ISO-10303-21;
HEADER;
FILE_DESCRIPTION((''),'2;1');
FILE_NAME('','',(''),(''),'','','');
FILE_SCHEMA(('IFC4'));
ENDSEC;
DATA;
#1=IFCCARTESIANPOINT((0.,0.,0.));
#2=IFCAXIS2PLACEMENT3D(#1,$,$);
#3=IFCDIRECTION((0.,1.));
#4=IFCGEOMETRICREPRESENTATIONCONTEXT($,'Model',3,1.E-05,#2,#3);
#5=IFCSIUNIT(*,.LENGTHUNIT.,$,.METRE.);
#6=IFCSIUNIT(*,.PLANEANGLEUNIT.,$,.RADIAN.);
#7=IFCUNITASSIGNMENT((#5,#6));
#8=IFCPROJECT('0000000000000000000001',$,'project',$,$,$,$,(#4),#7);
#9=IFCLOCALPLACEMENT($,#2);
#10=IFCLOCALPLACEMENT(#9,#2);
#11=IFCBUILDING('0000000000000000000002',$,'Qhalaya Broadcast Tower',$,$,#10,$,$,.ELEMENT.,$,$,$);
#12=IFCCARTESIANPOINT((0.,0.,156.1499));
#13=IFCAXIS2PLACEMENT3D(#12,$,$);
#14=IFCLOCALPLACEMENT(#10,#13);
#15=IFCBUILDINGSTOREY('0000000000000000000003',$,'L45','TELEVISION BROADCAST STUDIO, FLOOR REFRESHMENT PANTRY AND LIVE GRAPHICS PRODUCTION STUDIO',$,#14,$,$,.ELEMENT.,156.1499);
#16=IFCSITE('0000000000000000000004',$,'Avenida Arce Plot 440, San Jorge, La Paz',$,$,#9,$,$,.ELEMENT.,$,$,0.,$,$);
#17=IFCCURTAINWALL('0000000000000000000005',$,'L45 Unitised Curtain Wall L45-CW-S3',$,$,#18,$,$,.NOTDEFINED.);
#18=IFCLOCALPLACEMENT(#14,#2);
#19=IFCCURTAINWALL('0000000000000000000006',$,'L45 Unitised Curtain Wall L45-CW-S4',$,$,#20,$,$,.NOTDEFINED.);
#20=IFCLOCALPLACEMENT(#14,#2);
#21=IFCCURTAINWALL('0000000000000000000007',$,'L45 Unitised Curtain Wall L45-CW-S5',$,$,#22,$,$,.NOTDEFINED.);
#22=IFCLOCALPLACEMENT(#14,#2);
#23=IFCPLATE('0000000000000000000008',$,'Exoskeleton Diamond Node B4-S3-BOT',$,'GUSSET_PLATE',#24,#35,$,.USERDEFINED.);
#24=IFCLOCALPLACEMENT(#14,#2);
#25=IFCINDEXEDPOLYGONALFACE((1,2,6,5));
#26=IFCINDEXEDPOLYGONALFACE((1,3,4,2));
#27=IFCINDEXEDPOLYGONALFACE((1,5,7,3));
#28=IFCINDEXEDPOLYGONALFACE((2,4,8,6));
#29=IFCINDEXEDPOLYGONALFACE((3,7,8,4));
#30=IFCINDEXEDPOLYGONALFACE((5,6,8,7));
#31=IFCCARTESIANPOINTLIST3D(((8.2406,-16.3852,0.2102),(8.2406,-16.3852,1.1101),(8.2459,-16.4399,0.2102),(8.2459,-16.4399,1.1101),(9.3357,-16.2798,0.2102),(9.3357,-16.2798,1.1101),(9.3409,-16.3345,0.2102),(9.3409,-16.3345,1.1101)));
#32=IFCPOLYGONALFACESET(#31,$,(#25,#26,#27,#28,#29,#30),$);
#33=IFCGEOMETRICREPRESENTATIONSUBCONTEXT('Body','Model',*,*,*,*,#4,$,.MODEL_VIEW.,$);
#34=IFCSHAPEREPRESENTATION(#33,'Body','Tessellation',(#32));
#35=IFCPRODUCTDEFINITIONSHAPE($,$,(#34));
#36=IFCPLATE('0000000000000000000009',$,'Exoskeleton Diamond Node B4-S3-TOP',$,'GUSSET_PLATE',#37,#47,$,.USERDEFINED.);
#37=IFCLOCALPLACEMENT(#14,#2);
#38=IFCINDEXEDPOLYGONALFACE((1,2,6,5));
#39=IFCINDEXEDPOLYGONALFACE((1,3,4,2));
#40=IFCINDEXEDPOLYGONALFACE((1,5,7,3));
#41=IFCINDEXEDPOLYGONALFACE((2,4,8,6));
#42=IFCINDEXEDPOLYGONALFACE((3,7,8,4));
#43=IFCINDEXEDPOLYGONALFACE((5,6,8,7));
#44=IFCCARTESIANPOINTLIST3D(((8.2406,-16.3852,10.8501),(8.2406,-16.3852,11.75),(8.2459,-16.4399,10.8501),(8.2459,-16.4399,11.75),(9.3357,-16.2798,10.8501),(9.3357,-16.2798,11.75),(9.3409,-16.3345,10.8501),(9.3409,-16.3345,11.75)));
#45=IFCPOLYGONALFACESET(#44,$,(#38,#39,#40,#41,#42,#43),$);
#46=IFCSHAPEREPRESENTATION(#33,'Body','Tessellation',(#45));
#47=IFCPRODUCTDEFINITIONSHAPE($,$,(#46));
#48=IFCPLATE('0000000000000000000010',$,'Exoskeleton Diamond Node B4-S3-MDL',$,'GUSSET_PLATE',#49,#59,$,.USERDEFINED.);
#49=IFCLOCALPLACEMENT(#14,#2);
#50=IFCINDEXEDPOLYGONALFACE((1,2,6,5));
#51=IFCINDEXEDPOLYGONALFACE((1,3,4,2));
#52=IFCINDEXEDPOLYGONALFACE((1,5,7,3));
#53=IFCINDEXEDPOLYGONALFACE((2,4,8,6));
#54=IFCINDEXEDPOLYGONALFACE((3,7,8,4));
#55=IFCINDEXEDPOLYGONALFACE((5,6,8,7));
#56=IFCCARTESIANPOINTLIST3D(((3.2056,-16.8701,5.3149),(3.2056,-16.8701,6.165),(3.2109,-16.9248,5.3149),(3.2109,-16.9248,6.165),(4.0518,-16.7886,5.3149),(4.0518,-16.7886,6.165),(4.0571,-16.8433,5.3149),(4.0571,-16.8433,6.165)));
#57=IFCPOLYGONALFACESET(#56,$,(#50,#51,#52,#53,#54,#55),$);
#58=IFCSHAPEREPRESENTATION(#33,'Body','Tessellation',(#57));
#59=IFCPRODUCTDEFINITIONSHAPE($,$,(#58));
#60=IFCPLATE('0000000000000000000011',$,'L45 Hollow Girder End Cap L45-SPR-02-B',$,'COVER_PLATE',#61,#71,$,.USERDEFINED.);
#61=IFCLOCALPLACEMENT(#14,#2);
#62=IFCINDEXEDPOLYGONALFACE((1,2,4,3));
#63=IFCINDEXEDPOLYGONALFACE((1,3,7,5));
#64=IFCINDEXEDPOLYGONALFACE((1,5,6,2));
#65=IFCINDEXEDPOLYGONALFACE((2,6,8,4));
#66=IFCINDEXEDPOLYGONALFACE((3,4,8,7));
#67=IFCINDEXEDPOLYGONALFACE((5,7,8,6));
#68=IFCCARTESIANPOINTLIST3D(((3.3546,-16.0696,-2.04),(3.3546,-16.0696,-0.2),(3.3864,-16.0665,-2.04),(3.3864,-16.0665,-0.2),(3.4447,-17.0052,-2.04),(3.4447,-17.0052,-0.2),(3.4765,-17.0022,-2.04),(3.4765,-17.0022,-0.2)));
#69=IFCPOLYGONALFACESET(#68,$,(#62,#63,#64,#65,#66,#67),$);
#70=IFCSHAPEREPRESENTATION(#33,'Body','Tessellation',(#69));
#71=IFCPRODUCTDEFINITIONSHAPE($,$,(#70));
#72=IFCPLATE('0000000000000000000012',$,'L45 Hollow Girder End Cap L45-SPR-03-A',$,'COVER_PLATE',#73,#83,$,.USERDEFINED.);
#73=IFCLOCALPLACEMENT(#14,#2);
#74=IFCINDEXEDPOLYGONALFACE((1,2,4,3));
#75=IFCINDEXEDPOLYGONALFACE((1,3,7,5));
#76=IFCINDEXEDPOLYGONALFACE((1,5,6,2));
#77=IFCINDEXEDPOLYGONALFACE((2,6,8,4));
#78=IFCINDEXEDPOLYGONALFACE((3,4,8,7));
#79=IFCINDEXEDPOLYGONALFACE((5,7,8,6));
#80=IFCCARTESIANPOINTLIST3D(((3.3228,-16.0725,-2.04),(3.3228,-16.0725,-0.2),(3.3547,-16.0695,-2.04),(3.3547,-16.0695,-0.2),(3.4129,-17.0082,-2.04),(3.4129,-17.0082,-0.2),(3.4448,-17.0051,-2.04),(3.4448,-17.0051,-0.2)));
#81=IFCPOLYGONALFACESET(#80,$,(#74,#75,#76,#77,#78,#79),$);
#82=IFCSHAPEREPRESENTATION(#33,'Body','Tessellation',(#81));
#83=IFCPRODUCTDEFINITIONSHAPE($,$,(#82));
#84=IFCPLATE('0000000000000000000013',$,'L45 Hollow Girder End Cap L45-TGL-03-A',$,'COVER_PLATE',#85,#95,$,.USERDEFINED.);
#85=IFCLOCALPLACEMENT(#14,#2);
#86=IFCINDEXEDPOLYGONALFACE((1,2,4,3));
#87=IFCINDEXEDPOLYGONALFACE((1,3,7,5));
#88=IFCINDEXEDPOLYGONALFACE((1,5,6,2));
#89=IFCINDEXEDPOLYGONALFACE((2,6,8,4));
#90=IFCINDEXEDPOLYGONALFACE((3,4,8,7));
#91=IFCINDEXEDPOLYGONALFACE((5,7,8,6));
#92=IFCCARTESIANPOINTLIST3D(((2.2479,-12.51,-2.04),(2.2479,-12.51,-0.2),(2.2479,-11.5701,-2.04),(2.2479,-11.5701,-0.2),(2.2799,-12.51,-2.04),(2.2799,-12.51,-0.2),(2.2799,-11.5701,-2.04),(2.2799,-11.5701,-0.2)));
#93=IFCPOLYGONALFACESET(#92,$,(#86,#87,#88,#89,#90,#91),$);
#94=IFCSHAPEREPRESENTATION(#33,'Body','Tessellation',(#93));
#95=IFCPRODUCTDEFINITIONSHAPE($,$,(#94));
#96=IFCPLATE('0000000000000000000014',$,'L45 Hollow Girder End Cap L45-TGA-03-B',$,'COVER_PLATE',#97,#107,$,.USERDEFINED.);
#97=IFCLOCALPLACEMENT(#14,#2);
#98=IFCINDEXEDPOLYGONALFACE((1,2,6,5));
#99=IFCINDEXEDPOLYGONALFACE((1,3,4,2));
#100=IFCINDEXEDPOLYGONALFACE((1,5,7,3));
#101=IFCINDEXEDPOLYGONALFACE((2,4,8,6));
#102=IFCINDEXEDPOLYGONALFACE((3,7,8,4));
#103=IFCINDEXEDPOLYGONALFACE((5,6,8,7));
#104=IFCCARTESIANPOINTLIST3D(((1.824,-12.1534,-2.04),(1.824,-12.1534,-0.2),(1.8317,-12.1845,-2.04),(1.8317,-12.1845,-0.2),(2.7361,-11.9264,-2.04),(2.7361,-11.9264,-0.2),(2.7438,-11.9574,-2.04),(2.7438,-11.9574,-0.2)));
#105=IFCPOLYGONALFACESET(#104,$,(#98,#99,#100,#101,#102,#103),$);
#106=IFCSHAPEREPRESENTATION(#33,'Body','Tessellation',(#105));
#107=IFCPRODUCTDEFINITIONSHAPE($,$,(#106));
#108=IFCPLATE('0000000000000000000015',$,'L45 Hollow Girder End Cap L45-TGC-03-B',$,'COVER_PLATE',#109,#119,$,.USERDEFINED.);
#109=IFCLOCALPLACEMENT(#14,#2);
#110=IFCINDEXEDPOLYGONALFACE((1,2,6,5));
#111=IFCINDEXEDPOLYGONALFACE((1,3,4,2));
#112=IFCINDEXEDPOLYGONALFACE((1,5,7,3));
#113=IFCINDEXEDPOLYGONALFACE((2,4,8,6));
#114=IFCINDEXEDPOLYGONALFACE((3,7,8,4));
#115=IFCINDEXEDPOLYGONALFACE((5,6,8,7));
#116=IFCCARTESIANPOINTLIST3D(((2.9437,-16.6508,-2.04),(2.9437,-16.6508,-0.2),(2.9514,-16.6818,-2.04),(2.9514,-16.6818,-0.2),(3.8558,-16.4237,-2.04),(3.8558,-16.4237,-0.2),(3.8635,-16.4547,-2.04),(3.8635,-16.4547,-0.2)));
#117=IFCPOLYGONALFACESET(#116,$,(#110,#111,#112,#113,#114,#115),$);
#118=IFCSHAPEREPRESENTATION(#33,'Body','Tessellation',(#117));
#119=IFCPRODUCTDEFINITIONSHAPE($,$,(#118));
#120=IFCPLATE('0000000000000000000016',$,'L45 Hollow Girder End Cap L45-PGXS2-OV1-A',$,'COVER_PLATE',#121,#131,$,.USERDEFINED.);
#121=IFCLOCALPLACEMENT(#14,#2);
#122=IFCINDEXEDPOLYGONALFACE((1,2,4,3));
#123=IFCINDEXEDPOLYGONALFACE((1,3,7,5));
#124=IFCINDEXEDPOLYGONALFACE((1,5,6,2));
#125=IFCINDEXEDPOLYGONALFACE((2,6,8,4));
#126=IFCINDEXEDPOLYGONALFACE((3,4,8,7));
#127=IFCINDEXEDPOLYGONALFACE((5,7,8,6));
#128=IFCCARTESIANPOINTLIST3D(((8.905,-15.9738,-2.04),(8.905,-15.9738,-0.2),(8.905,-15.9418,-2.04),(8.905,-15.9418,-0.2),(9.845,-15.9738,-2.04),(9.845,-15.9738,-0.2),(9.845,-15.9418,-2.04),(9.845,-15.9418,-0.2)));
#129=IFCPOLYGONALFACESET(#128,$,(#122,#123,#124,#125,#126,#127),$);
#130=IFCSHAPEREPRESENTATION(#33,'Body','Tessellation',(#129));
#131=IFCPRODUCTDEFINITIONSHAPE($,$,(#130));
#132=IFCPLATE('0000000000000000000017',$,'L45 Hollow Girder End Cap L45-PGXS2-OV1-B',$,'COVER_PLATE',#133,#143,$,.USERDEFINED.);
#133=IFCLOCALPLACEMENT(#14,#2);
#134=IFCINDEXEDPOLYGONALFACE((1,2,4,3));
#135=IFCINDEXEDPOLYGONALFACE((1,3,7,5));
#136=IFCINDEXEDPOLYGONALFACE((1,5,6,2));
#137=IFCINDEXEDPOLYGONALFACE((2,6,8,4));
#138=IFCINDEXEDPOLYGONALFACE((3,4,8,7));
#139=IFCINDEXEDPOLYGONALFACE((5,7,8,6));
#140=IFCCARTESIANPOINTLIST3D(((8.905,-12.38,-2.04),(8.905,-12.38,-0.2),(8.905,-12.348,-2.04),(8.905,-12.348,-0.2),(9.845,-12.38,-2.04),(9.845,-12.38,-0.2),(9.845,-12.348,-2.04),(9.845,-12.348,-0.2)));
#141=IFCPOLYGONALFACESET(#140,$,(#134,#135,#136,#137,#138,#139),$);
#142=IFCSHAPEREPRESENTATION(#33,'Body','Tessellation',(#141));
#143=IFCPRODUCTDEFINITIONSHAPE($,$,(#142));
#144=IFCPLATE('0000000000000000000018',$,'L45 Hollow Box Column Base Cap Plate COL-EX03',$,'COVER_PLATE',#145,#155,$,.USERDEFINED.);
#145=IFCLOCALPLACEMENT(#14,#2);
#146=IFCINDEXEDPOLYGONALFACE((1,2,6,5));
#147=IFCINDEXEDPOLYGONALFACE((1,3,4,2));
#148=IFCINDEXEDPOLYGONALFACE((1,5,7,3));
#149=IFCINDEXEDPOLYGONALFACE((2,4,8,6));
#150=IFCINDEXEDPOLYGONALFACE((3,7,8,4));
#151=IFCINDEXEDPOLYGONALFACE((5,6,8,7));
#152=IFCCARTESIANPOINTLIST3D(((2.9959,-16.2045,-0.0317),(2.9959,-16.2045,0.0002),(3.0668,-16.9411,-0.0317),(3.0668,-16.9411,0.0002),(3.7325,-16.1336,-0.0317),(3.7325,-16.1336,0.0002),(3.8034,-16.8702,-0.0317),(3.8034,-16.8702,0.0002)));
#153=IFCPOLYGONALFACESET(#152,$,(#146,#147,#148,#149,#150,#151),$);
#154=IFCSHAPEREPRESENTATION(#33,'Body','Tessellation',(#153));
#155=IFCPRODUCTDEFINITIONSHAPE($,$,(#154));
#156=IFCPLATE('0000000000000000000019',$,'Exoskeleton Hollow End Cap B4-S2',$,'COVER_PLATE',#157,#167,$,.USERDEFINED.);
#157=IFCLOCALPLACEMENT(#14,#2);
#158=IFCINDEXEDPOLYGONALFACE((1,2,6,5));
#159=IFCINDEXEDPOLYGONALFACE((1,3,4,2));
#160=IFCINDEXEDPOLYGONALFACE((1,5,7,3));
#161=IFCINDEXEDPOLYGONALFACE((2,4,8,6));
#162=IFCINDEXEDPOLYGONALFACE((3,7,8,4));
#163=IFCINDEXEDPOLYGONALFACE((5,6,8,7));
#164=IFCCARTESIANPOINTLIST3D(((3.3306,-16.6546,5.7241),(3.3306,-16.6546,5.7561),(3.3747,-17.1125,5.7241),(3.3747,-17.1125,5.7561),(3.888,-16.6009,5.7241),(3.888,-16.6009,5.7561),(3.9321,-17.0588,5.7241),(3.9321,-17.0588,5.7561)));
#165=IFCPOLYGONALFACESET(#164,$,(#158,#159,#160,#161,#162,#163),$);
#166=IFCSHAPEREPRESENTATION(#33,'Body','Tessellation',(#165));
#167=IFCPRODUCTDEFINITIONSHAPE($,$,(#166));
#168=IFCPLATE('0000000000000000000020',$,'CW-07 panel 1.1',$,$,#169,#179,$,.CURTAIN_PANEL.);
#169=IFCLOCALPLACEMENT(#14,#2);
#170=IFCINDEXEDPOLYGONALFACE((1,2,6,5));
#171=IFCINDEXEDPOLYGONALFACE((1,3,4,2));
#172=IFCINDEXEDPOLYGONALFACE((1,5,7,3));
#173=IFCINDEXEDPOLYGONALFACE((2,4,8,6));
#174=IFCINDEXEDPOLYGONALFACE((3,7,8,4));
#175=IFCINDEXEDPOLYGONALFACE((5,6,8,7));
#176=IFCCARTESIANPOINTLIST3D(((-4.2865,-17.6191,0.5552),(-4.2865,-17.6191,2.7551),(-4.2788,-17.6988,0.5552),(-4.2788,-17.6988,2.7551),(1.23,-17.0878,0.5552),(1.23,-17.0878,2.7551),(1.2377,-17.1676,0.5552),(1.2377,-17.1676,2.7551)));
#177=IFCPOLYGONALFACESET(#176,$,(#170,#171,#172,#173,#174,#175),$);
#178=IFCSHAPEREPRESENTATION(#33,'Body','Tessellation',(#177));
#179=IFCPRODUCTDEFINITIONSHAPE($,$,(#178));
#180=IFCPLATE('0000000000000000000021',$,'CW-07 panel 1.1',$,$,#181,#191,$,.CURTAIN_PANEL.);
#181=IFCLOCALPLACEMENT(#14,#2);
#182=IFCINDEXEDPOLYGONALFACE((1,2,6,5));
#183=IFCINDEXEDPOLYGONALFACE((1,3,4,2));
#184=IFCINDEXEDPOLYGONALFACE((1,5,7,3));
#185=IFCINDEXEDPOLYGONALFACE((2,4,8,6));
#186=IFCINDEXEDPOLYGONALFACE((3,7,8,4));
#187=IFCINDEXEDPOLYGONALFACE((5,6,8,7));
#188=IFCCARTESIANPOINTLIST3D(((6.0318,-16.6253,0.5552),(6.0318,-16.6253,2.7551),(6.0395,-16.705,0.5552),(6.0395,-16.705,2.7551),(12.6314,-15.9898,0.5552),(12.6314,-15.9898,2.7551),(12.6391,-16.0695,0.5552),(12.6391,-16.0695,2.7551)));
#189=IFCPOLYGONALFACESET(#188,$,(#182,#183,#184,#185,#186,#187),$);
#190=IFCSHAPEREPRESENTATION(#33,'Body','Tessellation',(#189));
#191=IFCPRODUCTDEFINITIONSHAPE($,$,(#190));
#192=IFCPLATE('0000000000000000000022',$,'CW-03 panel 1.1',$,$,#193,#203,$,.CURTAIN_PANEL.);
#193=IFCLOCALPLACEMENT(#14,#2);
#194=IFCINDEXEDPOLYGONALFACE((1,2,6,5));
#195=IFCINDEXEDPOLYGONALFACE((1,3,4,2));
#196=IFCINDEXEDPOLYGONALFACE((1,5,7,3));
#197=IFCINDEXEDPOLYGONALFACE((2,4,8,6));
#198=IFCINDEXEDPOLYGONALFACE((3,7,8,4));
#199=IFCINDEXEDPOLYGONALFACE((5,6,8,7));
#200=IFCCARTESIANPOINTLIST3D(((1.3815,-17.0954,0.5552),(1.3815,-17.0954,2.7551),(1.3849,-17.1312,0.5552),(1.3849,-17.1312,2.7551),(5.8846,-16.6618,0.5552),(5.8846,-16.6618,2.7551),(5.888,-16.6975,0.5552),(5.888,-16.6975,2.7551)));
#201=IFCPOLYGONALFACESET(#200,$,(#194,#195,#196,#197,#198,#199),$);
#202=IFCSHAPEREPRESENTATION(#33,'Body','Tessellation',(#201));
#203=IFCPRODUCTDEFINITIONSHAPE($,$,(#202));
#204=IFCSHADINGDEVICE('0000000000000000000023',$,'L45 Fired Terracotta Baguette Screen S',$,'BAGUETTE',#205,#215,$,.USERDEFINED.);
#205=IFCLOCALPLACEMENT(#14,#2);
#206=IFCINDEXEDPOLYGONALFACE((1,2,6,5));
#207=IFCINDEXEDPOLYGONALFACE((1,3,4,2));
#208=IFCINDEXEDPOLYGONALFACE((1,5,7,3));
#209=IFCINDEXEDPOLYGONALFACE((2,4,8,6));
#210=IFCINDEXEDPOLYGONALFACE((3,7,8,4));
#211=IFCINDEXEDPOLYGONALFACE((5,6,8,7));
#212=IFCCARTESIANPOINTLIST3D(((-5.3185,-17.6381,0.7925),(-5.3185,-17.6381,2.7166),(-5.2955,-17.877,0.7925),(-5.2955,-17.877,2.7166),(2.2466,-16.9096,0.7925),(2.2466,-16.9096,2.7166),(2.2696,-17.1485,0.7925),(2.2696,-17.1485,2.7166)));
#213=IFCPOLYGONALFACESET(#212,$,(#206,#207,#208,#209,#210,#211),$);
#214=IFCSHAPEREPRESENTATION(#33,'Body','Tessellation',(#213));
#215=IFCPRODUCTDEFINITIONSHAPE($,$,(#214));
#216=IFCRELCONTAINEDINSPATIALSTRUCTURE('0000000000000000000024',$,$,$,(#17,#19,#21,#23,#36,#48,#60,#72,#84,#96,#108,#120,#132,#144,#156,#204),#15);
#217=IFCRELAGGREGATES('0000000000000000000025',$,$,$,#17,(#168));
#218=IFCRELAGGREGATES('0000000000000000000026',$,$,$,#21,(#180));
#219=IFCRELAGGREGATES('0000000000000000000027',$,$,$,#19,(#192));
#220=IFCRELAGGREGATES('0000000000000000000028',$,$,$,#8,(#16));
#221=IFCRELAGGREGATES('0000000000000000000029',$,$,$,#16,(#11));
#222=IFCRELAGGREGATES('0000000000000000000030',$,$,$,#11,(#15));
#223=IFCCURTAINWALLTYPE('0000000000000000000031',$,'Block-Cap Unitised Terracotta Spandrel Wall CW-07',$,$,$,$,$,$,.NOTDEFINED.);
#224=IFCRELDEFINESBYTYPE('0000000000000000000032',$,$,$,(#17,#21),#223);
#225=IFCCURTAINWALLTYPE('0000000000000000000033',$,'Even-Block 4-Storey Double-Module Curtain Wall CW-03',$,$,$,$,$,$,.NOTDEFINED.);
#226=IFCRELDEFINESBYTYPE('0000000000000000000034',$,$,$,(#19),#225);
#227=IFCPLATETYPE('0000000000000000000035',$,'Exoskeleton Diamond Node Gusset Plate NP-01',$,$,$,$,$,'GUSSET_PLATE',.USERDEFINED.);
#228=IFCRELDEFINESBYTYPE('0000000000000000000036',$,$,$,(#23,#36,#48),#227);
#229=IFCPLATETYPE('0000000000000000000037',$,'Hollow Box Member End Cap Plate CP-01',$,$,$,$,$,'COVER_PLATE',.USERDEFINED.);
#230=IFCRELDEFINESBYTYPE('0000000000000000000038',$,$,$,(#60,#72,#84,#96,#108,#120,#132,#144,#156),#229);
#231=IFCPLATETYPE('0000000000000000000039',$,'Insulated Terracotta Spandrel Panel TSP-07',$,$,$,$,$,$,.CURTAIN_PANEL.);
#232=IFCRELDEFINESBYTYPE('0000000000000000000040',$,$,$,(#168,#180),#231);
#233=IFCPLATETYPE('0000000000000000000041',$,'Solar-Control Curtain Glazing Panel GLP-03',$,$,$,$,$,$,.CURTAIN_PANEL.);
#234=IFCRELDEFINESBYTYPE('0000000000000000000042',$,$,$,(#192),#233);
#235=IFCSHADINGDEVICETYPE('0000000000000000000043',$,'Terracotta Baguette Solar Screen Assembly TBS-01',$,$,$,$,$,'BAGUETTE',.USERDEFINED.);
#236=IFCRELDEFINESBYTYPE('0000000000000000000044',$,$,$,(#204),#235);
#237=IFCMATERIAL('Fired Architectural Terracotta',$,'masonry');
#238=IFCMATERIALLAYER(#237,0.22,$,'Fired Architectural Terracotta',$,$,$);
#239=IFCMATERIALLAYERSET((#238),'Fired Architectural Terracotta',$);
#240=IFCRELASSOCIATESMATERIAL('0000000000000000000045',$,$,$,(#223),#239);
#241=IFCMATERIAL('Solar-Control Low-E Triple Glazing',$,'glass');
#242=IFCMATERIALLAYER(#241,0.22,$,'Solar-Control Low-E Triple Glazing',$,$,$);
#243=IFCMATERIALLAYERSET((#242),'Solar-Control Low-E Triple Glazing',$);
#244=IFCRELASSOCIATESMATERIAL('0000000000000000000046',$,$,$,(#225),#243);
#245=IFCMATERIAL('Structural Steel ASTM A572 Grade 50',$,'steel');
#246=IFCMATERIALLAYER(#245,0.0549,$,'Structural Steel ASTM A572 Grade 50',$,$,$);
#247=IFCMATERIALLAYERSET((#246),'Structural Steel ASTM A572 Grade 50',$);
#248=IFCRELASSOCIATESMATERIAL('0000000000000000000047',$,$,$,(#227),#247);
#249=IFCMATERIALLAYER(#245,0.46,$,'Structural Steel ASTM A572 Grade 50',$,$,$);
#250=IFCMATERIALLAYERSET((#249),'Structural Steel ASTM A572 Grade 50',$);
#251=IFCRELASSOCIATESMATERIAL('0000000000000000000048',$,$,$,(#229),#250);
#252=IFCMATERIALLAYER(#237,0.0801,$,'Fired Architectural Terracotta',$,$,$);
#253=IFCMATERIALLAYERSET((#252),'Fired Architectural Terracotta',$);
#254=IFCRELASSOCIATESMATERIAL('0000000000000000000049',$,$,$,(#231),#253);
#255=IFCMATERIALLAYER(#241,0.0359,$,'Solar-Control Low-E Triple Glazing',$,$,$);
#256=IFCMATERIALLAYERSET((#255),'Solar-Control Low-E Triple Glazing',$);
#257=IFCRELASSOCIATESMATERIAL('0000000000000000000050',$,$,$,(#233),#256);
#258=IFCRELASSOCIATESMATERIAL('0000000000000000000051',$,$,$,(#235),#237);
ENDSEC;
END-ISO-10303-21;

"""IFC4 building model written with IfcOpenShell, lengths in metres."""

from ifc_helpers import new_model, si_unit, direction, frame, origin, origin_2d, place, context, subcontext, project, spatial, rectangle, extrude, material, layer, layer_set, type_object, element, aggregate, save


model = new_model("IFC4")

# Units and contexts
model_context = context("Model", 3, precision=1e-05, world=origin(), true_north=direction((0.0, 1.0)))
body_context = subcontext(model_context, "Body", "Model", "MODEL_VIEW")
ifc_project = project(units=[si_unit("LENGTHUNIT", "METRE"), si_unit("PLANEANGLEUNIT", "RADIAN")], contexts=[model_context])

# Site, building, storey
site_placement = place(None, origin())
site = spatial("IfcSite", under=ifc_project, at=site_placement, Name="Avenida Arce Plot 440, San Jorge, La Paz", CompositionType="ELEMENT", RefElevation=0.0)
building_placement = place(site_placement, origin())
building = spatial("IfcBuilding", under=site, at=building_placement, Name="Qhalaya Broadcast Tower", CompositionType="ELEMENT")
storey_placement = place(building_placement, frame((0.0, 0.0, 156.1499)))
storey = spatial("IfcBuildingStorey", under=building, at=storey_placement, Name="L45", Description="TELEVISION BROADCAST STUDIO, FLOOR REFRESHMENT PANTRY AND LIVE GRAPHICS PRODUCTION STUDIO", CompositionType="ELEMENT", Elevation=156.1499)

# Shared definitions
ifc_material_1 = material(Name="Structural Steel ASTM A572 Grade 50", Category="steel")

# Curtain wall
ifc_material_2 = material(Name="Fired Architectural Terracotta", Category="masonry")
ifc_layer_1 = layer(ifc_material_2, 0.22, Name="Fired Architectural Terracotta")
ifc_layer_set_1 = layer_set([ifc_layer_1], Name="Fired Architectural Terracotta")
curtain_wall_type_1 = type_object("IfcCurtainWallType", Name="Block-Cap Unitised Terracotta Spandrel Wall CW-07", PredefinedType="NOTDEFINED", material=ifc_layer_set_1)
curtain_wall_1_placement = place(storey_placement, origin())
curtain_wall_1 = element("IfcCurtainWall", 1, at=curtain_wall_1_placement, inside=storey, type_object=curtain_wall_type_1, Name="L45 Unitised Curtain Wall L45-CW-S3", PredefinedType="NOTDEFINED")

# Curtain wall
ifc_material_3 = material(Name="Solar-Control Low-E Triple Glazing", Category="glass")
ifc_layer_2 = layer(ifc_material_3, 0.22, Name="Solar-Control Low-E Triple Glazing")
ifc_layer_set_2 = layer_set([ifc_layer_2], Name="Solar-Control Low-E Triple Glazing")
curtain_wall_type_2 = type_object("IfcCurtainWallType", Name="Even-Block 4-Storey Double-Module Curtain Wall CW-03", PredefinedType="NOTDEFINED", material=ifc_layer_set_2)
curtain_wall_2_placement = place(storey_placement, origin())
curtain_wall_2 = element("IfcCurtainWall", 2, at=curtain_wall_2_placement, inside=storey, type_object=curtain_wall_type_2, Name="L45 Unitised Curtain Wall L45-CW-S4", PredefinedType="NOTDEFINED")

# Curtain wall
curtain_wall_3_placement = place(storey_placement, origin())
curtain_wall_3 = element("IfcCurtainWall", 3, at=curtain_wall_3_placement, inside=storey, type_object=curtain_wall_type_1, Name="L45 Unitised Curtain Wall L45-CW-S5", PredefinedType="NOTDEFINED")

# Plates
ifc_layer_3 = layer(ifc_material_1, 0.0549, Name="Structural Steel ASTM A572 Grade 50")
ifc_layer_set_3 = layer_set([ifc_layer_3], Name="Structural Steel ASTM A572 Grade 50")
plate_type_1 = type_object("IfcPlateType", Name="Exoskeleton Diamond Node Gusset Plate NP-01", ElementType="GUSSET_PLATE", PredefinedType="USERDEFINED", material=ifc_layer_set_3)
for number, where, z_axis, x_axis, name in (
    (4, (8.7908, -16.3599, 0.2102), (0.0, 0.0, 1.0), (0.995396, 0.095846, 0.0), "Exoskeleton Diamond Node B4-S3-BOT"),
    (5, (8.7908, -16.3599, 10.8501), (0.0, 0.0, 1.0), (0.995396, 0.095846, 0.0), "Exoskeleton Diamond Node B4-S3-TOP"),
):
    element("IfcPlate", number, at=place(storey_placement, frame(where, z_axis=z_axis, x_axis=x_axis)), inside=storey, type_object=plate_type_1, Name=name, ObjectType="GUSSET_PLATE", PredefinedType="USERDEFINED", context=body_context, shape_type="SweptSolid", body=[
        extrude(rectangle(XDim=1.1001, YDim=0.0549, at=origin_2d()), origin(), (0.0, 0.0, 1.0), 0.8999),
    ])
plate_1_placement = place(storey_placement, frame((3.6313, -16.8567, 5.3149), z_axis=(0.0, 0.0, 1.0), x_axis=(0.995396, 0.095846, 0.0)))
element("IfcPlate", 6, at=plate_1_placement, inside=storey, type_object=plate_type_1, Name="Exoskeleton Diamond Node B4-S3-MDL", ObjectType="GUSSET_PLATE", PredefinedType="USERDEFINED", context=body_context, shape_type="SweptSolid", body=[
    extrude(rectangle(XDim=0.8501, YDim=0.0549, at=origin_2d()), origin(), (0.0, 0.0, 1.0), 0.8501),
])
ifc_layer_4 = layer(ifc_material_1, 0.46, Name="Structural Steel ASTM A572 Grade 50")
ifc_layer_set_4 = layer_set([ifc_layer_4], Name="Structural Steel ASTM A572 Grade 50")
plate_type_2 = type_object("IfcPlateType", Name="Hollow Box Member End Cap Plate CP-01", ElementType="COVER_PLATE", PredefinedType="USERDEFINED", material=ifc_layer_set_4)
for number, where, z_axis, x_axis, name in (
    (7, (3.4155, -16.5359, -2.04), (0.0, 0.0, 1.0), (-0.095846, 0.995396, 0.0), "L45 Hollow Girder End Cap L45-SPR-02-B"),
    (8, (3.3838, -16.5388, -2.04), (0.0, 0.0, 1.0), (-0.095846, 0.995396, 0.0), "L45 Hollow Girder End Cap L45-SPR-03-A"),
    (9, (2.2639, -12.04, -2.04), (0.0, 0.0, 1.0), (0.0, 1.0, 0.0), "L45 Hollow Girder End Cap L45-TGL-03-A"),
    (10, (2.2839, -12.0554, -2.04), (0.0, 0.0, 1.0), (0.97038, 0.241583, 0.0), "L45 Hollow Girder End Cap L45-TGA-03-B"),
    (11, (3.4036, -16.5527, -2.04), (0.0, 0.0, 1.0), (0.97038, 0.241583, 0.0), "L45 Hollow Girder End Cap L45-TGC-03-B"),
    (12, (9.375, -15.9578, -2.04), (0.0, 0.0, 1.0), (-1.0, 0.0, 0.0), "L45 Hollow Girder End Cap L45-PGXS2-OV1-A"),
    (13, (9.375, -12.364, -2.04), (0.0, 0.0, 1.0), (-1.0, 0.0, 0.0), "L45 Hollow Girder End Cap L45-PGXS2-OV1-B"),
):
    element("IfcPlate", number, at=place(storey_placement, frame(where, z_axis=z_axis, x_axis=x_axis)), inside=storey, type_object=plate_type_2, Name=name, ObjectType="COVER_PLATE", PredefinedType="USERDEFINED", context=body_context, shape_type="SweptSolid", body=[
        extrude(rectangle(XDim=0.9399, YDim=0.032, at=origin_2d()), origin(), (0.0, 0.0, 1.0), 1.8401),
    ])
plate_2_placement = place(storey_placement, frame((3.3997, -16.5374, -0.0317), z_axis=(0.0, 0.0, 1.0), x_axis=(0.995396, 0.095846, 0.0)))
element("IfcPlate", 14, at=plate_2_placement, inside=storey, type_object=plate_type_2, Name="L45 Hollow Box Column Base Cap Plate COL-EX03", ObjectType="COVER_PLATE", PredefinedType="USERDEFINED", context=body_context, shape_type="SweptSolid", body=[
    extrude(rectangle(XDim=0.74, YDim=0.74, at=origin_2d()), origin(), (0.0, 0.0, 1.0), 0.032),
])
plate_3_placement = place(storey_placement, frame((3.6313, -16.8567, 5.7241), z_axis=(0.0, 0.0, 1.0), x_axis=(0.995396, 0.095846, 0.0)))
element("IfcPlate", 15, at=plate_3_placement, inside=storey, type_object=plate_type_2, Name="Exoskeleton Hollow End Cap B4-S2", ObjectType="COVER_PLATE", PredefinedType="USERDEFINED", context=body_context, shape_type="SweptSolid", body=[
    extrude(rectangle(XDim=0.5601, YDim=0.46, at=origin_2d()), origin(), (0.0, 0.0, 1.0), 0.032),
])

# Plates
ifc_layer_5 = layer(ifc_material_2, 0.0801, Name="Fired Architectural Terracotta")
ifc_layer_set_5 = layer_set([ifc_layer_5], Name="Fired Architectural Terracotta")
plate_type_3 = type_object("IfcPlateType", Name="Insulated Terracotta Spandrel Panel TSP-07", PredefinedType="CURTAIN_PANEL", material=ifc_layer_set_5)
plate_4_placement = place(storey_placement, frame((-1.5244, -17.3933, 0.5552), z_axis=(0.0, 0.0, 1.0), x_axis=(0.995395, 0.095854, 0.0)))
plate_4 = element("IfcPlate", 16, at=plate_4_placement, type_object=plate_type_3, Name="CW-07 panel 1.1", PredefinedType="CURTAIN_PANEL", context=body_context, shape_type="SweptSolid", body=[
    extrude(rectangle(XDim=5.542, YDim=0.0801, at=origin_2d()), origin(), (0.0, 0.0, 1.0), 2.2),
])
aggregate(curtain_wall_1, [plate_4])
plate_5_placement = place(storey_placement, frame((9.3354, -16.3474, 0.5552), z_axis=(0.0, 0.0, 1.0), x_axis=(0.995397, 0.095841, 0.0)))
plate_5 = element("IfcPlate", 17, at=plate_5_placement, type_object=plate_type_3, Name="CW-07 panel 1.1", PredefinedType="CURTAIN_PANEL", context=body_context, shape_type="SweptSolid", body=[
    extrude(rectangle(XDim=6.6301, YDim=0.0801, at=origin_2d()), origin(), (0.0, 0.0, 1.0), 2.2),
])
aggregate(curtain_wall_3, [plate_5])
ifc_layer_6 = layer(ifc_material_3, 0.0359, Name="Solar-Control Low-E Triple Glazing")
ifc_layer_set_6 = layer_set([ifc_layer_6], Name="Solar-Control Low-E Triple Glazing")
plate_type_4 = type_object("IfcPlateType", Name="Solar-Control Curtain Glazing Panel GLP-03", PredefinedType="CURTAIN_PANEL", material=ifc_layer_set_6)
plate_6_placement = place(storey_placement, frame((3.6348, -16.8965, 0.5552), z_axis=(0.0, 0.0, 1.0), x_axis=(0.995396, 0.095851, 0.0)))
plate_6 = element("IfcPlate", 18, at=plate_6_placement, type_object=plate_type_4, Name="CW-03 panel 1.1", PredefinedType="CURTAIN_PANEL", context=body_context, shape_type="SweptSolid", body=[
    extrude(rectangle(XDim=4.5239, YDim=0.0359, at=origin_2d()), origin(), (0.0, 0.0, 1.0), 2.2),
])
aggregate(curtain_wall_2, [plate_6])

# Shading device
shading_device_type = type_object("IfcShadingDeviceType", Name="Terracotta Baguette Solar Screen Assembly TBS-01", ElementType="BAGUETTE", PredefinedType="USERDEFINED", material=ifc_material_2)
shading_device_placement = place(storey_placement, frame((-1.5244, -17.3933, 0.7925), z_axis=(0.0, 0.0, 1.0), x_axis=(0.995396, 0.095846, 0.0)))
element("IfcShadingDevice", 19, at=shading_device_placement, inside=storey, type_object=shading_device_type, Name="L45 Fired Terracotta Baguette Screen S", ObjectType="BAGUETTE", PredefinedType="USERDEFINED", context=body_context, shape_type="SweptSolid", body=[
    extrude(rectangle(XDim=7.6001, YDim=0.24, at=origin_2d()), origin(), (0.0, 0.0, 1.0), 1.9241),
])

save(model, "model.ifc")
